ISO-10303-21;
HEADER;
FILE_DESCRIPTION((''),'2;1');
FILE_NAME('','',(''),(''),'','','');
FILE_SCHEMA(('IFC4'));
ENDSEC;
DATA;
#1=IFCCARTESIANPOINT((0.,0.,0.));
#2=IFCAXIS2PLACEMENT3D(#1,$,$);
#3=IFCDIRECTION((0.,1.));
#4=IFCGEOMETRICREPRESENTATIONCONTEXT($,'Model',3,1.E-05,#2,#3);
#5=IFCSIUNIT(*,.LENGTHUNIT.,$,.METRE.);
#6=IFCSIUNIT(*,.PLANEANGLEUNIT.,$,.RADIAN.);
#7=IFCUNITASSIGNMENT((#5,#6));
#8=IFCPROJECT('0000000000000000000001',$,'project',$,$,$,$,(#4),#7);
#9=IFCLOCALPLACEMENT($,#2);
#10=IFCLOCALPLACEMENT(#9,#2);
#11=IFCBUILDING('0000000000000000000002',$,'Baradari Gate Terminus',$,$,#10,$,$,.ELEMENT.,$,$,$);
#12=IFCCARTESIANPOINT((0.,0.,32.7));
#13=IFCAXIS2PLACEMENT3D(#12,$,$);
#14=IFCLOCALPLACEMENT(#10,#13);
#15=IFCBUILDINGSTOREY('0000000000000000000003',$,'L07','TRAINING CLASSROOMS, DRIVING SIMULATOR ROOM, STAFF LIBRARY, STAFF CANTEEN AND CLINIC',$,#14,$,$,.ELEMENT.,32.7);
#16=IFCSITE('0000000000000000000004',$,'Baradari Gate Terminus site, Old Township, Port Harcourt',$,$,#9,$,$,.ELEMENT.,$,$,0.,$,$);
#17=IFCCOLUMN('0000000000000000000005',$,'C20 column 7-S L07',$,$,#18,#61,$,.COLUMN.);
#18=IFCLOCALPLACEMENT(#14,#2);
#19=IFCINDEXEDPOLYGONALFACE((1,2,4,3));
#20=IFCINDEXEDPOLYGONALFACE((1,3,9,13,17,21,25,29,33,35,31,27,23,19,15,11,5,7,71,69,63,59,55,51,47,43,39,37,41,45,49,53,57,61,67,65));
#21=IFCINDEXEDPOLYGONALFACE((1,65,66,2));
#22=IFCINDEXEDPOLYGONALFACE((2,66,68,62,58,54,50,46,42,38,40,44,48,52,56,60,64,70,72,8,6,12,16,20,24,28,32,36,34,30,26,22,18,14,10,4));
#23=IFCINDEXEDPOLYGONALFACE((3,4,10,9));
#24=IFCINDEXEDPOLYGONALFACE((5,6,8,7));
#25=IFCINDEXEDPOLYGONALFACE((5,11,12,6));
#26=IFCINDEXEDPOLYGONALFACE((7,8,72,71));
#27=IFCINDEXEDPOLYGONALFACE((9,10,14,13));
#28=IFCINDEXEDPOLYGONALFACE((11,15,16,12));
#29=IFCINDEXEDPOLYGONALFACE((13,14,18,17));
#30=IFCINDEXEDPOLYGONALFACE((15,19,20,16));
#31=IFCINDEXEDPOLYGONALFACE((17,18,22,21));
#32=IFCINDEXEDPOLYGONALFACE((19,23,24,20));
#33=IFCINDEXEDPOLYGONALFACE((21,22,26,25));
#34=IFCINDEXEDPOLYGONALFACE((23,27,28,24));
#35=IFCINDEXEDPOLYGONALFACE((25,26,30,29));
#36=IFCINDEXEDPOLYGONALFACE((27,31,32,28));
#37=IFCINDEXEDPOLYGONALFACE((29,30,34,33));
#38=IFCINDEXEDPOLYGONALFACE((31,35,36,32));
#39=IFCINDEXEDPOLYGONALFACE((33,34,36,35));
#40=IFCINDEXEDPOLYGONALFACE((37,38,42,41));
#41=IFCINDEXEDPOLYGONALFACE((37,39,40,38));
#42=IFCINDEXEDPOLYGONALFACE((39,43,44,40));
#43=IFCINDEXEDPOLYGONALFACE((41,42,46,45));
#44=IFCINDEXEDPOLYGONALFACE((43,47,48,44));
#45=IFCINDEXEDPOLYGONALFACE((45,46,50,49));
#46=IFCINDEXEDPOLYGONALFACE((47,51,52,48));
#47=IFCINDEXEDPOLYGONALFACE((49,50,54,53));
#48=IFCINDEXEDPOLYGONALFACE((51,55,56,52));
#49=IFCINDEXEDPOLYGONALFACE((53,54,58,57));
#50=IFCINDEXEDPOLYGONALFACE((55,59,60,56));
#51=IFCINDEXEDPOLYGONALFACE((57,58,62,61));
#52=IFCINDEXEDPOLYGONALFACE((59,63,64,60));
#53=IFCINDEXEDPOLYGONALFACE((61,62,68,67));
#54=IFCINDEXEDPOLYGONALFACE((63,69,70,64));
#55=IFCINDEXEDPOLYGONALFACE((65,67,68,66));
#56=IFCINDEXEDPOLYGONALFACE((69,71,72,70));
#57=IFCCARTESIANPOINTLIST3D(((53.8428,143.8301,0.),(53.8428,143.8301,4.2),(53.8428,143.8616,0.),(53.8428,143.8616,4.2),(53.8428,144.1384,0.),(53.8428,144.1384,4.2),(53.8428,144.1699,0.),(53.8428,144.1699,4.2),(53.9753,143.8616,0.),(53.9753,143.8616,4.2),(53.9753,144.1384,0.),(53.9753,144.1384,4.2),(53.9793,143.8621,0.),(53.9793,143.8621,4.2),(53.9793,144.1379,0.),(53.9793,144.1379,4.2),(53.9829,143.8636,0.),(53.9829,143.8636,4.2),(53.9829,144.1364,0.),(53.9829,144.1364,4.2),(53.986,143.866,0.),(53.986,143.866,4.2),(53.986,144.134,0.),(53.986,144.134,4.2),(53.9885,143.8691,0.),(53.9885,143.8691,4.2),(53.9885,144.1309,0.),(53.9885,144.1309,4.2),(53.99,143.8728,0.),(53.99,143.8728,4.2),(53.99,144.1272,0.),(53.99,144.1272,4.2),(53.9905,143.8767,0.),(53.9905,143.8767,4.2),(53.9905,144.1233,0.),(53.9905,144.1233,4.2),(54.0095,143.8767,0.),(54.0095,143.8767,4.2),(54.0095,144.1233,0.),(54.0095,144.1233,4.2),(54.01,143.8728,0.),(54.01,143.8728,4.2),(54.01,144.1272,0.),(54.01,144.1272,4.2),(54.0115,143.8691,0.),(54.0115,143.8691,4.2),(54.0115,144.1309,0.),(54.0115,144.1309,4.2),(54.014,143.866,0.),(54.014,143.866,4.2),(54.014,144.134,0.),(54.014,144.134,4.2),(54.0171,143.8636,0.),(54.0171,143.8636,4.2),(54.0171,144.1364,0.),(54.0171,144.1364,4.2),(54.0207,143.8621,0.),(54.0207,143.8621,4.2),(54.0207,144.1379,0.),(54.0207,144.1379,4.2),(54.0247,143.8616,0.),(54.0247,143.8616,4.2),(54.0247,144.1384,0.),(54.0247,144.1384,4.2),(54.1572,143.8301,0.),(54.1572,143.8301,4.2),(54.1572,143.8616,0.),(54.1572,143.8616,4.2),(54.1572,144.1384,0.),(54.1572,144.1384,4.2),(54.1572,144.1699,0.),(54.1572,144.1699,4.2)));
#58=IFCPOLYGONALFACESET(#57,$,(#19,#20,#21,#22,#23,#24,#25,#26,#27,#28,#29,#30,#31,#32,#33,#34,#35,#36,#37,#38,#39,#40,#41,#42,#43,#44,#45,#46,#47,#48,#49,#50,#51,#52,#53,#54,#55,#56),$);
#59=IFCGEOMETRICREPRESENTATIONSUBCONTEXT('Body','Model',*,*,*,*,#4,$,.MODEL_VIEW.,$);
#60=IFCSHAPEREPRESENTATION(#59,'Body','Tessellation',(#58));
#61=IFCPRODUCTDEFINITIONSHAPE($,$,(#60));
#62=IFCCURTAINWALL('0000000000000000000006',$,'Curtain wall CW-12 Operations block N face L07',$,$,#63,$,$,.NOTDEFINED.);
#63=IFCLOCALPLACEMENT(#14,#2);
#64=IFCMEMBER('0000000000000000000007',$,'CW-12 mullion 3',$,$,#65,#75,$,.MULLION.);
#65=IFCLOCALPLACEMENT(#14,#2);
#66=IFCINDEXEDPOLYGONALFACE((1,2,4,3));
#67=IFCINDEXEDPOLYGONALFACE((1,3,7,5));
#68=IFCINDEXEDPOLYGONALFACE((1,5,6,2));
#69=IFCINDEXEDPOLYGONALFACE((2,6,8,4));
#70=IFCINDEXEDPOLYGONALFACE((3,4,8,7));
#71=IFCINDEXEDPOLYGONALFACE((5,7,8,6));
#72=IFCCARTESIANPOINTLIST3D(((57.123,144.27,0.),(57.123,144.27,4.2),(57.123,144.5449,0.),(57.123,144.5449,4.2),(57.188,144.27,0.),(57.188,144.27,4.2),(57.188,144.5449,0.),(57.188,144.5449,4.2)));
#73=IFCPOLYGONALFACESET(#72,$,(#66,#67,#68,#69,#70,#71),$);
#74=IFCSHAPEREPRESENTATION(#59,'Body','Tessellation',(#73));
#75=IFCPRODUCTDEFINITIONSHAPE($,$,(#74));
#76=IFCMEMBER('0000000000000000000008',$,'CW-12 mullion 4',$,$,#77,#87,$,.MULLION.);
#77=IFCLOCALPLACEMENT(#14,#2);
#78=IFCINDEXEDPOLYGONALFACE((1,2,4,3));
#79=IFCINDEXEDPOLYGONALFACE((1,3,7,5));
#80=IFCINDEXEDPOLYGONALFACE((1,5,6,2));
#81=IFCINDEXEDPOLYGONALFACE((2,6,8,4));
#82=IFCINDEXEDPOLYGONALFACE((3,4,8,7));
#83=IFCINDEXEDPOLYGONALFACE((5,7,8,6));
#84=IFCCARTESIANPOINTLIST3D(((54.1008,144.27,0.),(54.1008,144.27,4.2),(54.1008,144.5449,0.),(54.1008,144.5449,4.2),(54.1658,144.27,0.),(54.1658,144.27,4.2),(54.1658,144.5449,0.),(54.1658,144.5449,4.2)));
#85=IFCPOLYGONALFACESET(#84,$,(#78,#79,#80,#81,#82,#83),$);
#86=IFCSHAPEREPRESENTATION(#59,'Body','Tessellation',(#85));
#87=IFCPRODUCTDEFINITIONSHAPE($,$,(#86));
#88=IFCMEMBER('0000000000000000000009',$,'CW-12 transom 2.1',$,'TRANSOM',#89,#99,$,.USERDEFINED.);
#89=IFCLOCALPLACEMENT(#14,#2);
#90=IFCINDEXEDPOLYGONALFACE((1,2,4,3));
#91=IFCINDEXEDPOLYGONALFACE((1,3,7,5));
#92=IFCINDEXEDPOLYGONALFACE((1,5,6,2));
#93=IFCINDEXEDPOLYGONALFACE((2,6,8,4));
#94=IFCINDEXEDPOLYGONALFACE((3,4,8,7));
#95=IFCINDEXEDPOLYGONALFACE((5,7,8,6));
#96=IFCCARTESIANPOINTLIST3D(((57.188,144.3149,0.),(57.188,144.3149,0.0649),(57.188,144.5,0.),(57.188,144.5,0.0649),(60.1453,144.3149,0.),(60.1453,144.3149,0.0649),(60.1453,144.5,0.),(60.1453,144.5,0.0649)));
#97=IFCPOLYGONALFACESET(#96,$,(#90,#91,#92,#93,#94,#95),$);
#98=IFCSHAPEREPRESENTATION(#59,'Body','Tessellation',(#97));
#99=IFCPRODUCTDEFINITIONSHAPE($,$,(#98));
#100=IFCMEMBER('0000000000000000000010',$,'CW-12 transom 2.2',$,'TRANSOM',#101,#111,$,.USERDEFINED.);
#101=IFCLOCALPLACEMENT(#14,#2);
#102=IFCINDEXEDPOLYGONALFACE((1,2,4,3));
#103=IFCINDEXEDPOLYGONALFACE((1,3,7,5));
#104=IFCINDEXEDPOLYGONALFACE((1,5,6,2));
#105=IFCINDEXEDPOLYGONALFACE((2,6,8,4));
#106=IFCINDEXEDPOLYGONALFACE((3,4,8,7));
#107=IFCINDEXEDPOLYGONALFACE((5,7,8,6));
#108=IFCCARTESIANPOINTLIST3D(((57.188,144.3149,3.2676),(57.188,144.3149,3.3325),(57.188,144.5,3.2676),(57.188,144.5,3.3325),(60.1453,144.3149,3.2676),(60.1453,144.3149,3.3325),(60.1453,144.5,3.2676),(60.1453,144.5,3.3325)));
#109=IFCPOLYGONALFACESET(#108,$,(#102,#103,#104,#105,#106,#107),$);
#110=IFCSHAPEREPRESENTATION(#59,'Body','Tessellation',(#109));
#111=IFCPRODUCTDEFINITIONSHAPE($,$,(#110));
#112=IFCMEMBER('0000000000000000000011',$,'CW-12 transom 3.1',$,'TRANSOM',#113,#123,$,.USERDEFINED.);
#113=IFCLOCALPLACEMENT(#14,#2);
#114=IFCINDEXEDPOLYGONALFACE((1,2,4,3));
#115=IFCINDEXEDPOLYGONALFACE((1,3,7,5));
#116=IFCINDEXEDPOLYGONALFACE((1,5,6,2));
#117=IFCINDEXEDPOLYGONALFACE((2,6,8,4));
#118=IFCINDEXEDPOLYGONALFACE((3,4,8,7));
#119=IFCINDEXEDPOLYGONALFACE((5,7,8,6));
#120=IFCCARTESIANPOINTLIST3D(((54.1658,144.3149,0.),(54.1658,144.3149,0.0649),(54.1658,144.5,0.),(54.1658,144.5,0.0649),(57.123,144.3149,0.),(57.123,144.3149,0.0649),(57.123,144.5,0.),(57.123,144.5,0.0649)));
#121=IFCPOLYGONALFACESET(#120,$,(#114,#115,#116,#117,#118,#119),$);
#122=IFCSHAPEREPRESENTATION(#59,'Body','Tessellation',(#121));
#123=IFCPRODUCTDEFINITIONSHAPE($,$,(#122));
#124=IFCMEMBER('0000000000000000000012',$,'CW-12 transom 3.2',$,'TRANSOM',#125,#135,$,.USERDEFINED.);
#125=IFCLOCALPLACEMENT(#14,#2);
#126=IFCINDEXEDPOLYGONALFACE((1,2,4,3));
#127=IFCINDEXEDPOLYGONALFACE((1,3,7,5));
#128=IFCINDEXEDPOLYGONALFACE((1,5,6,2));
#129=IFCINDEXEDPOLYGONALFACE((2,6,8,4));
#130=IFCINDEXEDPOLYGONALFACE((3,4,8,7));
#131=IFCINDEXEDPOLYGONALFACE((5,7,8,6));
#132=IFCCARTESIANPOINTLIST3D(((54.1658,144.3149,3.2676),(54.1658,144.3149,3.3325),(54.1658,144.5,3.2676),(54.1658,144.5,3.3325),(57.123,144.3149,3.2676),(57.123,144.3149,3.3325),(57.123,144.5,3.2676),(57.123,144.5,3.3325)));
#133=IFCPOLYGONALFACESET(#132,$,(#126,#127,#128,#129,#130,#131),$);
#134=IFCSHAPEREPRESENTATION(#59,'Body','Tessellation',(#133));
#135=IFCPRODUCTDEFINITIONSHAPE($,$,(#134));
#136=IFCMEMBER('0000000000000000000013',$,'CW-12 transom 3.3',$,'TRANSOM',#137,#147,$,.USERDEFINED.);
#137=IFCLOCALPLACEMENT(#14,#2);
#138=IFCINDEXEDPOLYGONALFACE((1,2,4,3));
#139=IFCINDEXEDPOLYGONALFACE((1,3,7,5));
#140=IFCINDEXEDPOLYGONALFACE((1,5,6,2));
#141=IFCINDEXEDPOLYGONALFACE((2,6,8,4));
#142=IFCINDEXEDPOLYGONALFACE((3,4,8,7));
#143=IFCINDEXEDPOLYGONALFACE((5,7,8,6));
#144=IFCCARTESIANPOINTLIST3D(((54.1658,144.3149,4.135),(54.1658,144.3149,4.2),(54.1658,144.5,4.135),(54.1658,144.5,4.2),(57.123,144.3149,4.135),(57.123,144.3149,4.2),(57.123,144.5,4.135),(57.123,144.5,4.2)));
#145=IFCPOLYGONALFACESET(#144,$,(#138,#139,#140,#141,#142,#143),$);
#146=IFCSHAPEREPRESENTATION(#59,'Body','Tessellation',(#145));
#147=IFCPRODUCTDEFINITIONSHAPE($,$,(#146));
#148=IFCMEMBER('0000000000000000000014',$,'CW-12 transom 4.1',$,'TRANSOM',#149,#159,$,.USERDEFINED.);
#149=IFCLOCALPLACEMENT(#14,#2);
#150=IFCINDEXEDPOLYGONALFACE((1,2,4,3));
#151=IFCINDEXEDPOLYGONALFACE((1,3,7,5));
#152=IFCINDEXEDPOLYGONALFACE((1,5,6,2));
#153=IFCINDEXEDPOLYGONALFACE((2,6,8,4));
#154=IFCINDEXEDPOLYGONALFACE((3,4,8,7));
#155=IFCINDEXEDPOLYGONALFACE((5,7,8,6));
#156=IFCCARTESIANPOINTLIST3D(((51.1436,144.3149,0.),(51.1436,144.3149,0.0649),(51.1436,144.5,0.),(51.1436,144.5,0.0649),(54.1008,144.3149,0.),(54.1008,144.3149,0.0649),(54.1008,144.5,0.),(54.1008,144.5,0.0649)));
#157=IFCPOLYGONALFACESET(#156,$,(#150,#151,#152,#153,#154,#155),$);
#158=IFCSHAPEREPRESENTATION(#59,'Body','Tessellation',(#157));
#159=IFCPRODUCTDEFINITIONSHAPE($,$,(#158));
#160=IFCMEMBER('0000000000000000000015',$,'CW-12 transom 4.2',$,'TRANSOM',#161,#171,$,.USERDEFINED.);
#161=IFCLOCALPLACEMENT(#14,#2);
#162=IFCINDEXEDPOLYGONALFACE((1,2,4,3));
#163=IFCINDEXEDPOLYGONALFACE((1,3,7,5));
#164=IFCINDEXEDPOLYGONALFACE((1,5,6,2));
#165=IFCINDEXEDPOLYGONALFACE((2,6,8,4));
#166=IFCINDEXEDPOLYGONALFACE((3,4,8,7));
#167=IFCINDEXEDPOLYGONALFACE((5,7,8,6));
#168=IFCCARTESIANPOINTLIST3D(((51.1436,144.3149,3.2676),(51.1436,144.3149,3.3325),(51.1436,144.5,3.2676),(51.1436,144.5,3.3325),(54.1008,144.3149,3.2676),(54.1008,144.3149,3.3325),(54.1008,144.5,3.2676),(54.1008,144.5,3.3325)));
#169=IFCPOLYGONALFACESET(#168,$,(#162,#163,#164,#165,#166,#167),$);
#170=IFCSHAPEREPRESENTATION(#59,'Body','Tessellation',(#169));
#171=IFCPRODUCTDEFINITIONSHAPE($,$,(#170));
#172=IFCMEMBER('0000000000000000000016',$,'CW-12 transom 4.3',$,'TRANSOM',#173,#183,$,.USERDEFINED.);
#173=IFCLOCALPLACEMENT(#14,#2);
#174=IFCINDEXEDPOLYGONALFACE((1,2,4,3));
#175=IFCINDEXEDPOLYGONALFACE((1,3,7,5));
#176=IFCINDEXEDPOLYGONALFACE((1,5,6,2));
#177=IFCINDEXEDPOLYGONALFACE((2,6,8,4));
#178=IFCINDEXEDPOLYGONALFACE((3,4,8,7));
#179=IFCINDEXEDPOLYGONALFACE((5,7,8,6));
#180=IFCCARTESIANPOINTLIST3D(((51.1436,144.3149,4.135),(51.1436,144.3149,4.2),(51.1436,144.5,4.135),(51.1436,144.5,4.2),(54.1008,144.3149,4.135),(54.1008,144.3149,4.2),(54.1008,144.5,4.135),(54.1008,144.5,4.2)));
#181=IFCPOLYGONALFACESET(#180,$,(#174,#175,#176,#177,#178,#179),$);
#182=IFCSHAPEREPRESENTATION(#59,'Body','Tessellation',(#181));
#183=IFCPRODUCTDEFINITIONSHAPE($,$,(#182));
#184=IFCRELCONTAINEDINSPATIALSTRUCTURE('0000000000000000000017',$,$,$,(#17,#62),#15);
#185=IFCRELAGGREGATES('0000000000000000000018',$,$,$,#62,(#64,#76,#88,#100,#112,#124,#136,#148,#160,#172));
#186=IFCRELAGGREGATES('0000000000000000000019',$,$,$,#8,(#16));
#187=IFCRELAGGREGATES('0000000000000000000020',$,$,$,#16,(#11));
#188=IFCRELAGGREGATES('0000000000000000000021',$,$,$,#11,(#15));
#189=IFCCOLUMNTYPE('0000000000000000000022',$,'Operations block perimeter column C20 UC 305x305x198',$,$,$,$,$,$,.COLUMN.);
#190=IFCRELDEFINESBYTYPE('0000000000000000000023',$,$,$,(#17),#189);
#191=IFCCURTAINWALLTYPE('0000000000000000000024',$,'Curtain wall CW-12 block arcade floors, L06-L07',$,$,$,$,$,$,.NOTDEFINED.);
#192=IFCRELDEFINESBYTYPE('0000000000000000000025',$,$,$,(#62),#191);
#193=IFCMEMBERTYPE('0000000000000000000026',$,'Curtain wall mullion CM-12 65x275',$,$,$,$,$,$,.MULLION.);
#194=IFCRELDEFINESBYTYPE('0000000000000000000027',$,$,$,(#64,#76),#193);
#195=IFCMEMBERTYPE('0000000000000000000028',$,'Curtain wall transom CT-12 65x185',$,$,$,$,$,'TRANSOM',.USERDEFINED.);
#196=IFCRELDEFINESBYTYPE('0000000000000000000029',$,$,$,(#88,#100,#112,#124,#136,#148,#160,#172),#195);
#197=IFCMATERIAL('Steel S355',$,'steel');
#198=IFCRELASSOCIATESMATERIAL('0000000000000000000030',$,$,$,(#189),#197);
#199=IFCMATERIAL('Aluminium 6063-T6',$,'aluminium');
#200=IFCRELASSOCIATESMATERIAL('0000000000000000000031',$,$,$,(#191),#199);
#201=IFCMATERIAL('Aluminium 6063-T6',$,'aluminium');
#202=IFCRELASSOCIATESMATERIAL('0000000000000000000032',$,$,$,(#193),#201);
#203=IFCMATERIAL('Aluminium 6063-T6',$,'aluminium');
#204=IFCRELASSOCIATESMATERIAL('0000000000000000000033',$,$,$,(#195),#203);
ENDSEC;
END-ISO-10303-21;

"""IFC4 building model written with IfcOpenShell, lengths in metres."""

from ifc_helpers import new_model, si_unit, direction, frame, origin, origin_2d, place, context, subcontext, project, spatial, rectangle, i_section, extrude, material, material_profile, profile_set, type_object, element, aggregate, save


model = new_model("IFC4")

# Units and contexts
model_context = context("Model", 3, precision=1e-05, world=origin(), true_north=direction((0.0, 1.0)))
body_context = subcontext(model_context, "Body", "Model", "MODEL_VIEW")
ifc_project = project(units=[si_unit("LENGTHUNIT", "METRE"), si_unit("PLANEANGLEUNIT", "RADIAN")], contexts=[model_context])

# Site, building, storey
site_placement = place(None, origin())
site = spatial("IfcSite", under=ifc_project, at=site_placement, Name="Baradari Gate Terminus site, Old Township, Port Harcourt", CompositionType="ELEMENT", RefElevation=0.0)
building_placement = place(site_placement, origin())
building = spatial("IfcBuilding", under=site, at=building_placement, Name="Baradari Gate Terminus", CompositionType="ELEMENT")
storey_placement = place(building_placement, frame((0.0, 0.0, 32.7)))
storey = spatial("IfcBuildingStorey", under=building, at=storey_placement, Name="L07", Description="TRAINING CLASSROOMS, DRIVING SIMULATOR ROOM, STAFF LIBRARY, STAFF CANTEEN AND CLINIC", CompositionType="ELEMENT", Elevation=32.7)

# Column
ifc_material_1 = material(Name="Steel S355", Category="steel")
ifc_material_profile_1 = material_profile(ifc_material_1, i_section(OverallWidth=0.3145, OverallDepth=0.3398, WebThickness=0.019, FlangeThickness=0.0315, FilletRadius=0.0151, at=origin_2d()), Name="UC 305x305x198")
ifc_profile_set_1 = profile_set([ifc_material_profile_1], Name="Steel S355")
column_type = type_object("IfcColumnType", Name="Operations block perimeter column C20 UC 305x305x198", PredefinedType="COLUMN", material=ifc_profile_set_1)
column_placement = place(storey_placement, frame((54.0, 144.0, 0.0), z_axis=(0.0, 0.0, 1.0), x_axis=(1.0, 0.0, 0.0)))
element("IfcColumn", 1, at=column_placement, inside=storey, type_object=column_type, Name="C20 column 7-S L07", PredefinedType="COLUMN", context=body_context, shape_type="SweptSolid", body=[
    extrude(i_section(OverallWidth=0.3145, OverallDepth=0.3398, WebThickness=0.019, FlangeThickness=0.0315, FilletRadius=0.0151, at=origin_2d()), origin(), (0.0, 0.0, 1.0), 4.2),
])

# Curtain wall, members
ifc_material_2 = material(Name="Aluminium 6063-T6", Category="aluminium")
curtain_wall_type = type_object("IfcCurtainWallType", Name="Curtain wall CW-12 block arcade floors, L06-L07", PredefinedType="NOTDEFINED", material=ifc_material_2)
curtain_wall_placement = place(storey_placement, origin())
curtain_wall = element("IfcCurtainWall", 2, at=curtain_wall_placement, inside=storey, type_object=curtain_wall_type, Name="Curtain wall CW-12 Operations block N face L07", PredefinedType="NOTDEFINED")
ifc_material_3 = material(Name="Aluminium 6063-T6", Category="aluminium")
ifc_material_profile_2 = material_profile(ifc_material_3, rectangle(XDim=0.2749, YDim=0.0649, at=origin_2d()), Name="CM-12 65X275")
ifc_profile_set_2 = profile_set([ifc_material_profile_2], Name="Aluminium 6063-T6")
member_type_1 = type_object("IfcMemberType", Name="Curtain wall mullion CM-12 65x275", PredefinedType="MULLION", material=ifc_profile_set_2)
member_1_placement = place(storey_placement, frame((57.1555, 144.4075, 0.0), z_axis=(0.0, 0.0, 1.0), x_axis=(0.0, -1.0, 0.0)))
member_1 = element("IfcMember", 3, at=member_1_placement, type_object=member_type_1, Name="CW-12 mullion 3", PredefinedType="MULLION", context=body_context, shape_type="SweptSolid", body=[
    extrude(rectangle(XDim=0.2749, YDim=0.0649, at=origin_2d()), origin(), (0.0, 0.0, 1.0), 4.2),
])
member_2_placement = place(storey_placement, frame((54.1333, 144.4075, 0.0), z_axis=(0.0, 0.0, 1.0), x_axis=(0.0, -1.0, 0.0)))
member_2 = element("IfcMember", 4, at=member_2_placement, type_object=member_type_1, Name="CW-12 mullion 4", PredefinedType="MULLION", context=body_context, shape_type="SweptSolid", body=[
    extrude(rectangle(XDim=0.2749, YDim=0.0649, at=origin_2d()), origin(), (0.0, 0.0, 1.0), 4.2),
])
ifc_material_4 = material(Name="Aluminium 6063-T6", Category="aluminium")
ifc_material_profile_3 = material_profile(ifc_material_4, rectangle(XDim=0.1851, YDim=0.0649, at=origin_2d()), Name="CT-12 65X185")
ifc_profile_set_3 = profile_set([ifc_material_profile_3], Name="Aluminium 6063-T6")
member_type_2 = type_object("IfcMemberType", Name="Curtain wall transom CT-12 65x185", ElementType="TRANSOM", PredefinedType="USERDEFINED", material=ifc_profile_set_3)
member_3_placement = place(storey_placement, frame((60.1453, 144.4075, 0.0325), z_axis=(-1.0, 0.0, 0.0), x_axis=(0.0, -1.0, 0.0)))
member_3 = element("IfcMember", 5, at=member_3_placement, type_object=member_type_2, Name="CW-12 transom 2.1", ObjectType="TRANSOM", PredefinedType="USERDEFINED", context=body_context, shape_type="SweptSolid", body=[
    extrude(rectangle(XDim=0.1851, YDim=0.0649, at=origin_2d()), origin(), (0.0, 0.0, 1.0), 2.9573),
])
member_4_placement = place(storey_placement, frame((60.1453, 144.4075, 3.3), z_axis=(-1.0, 0.0, 0.0), x_axis=(0.0, -1.0, 0.0)))
member_4 = element("IfcMember", 6, at=member_4_placement, type_object=member_type_2, Name="CW-12 transom 2.2", ObjectType="TRANSOM", PredefinedType="USERDEFINED", context=body_context, shape_type="SweptSolid", body=[
    extrude(rectangle(XDim=0.1851, YDim=0.0649, at=origin_2d()), origin(), (0.0, 0.0, 1.0), 2.9573),
])
member_5_placement = place(storey_placement, frame((57.123, 144.4075, 0.0325), z_axis=(-1.0, 0.0, 0.0), x_axis=(0.0, -1.0, 0.0)))
member_5 = element("IfcMember", 7, at=member_5_placement, type_object=member_type_2, Name="CW-12 transom 3.1", ObjectType="TRANSOM", PredefinedType="USERDEFINED", context=body_context, shape_type="SweptSolid", body=[
    extrude(rectangle(XDim=0.1851, YDim=0.0649, at=origin_2d()), origin(), (0.0, 0.0, 1.0), 2.9573),
])
member_6_placement = place(storey_placement, frame((57.123, 144.4075, 3.3), z_axis=(-1.0, 0.0, 0.0), x_axis=(0.0, -1.0, 0.0)))
member_6 = element("IfcMember", 8, at=member_6_placement, type_object=member_type_2, Name="CW-12 transom 3.2", ObjectType="TRANSOM", PredefinedType="USERDEFINED", context=body_context, shape_type="SweptSolid", body=[
    extrude(rectangle(XDim=0.1851, YDim=0.0649, at=origin_2d()), origin(), (0.0, 0.0, 1.0), 2.9573),
])
member_7_placement = place(storey_placement, frame((57.123, 144.4075, 4.1675), z_axis=(-1.0, 0.0, 0.0), x_axis=(0.0, -1.0, 0.0)))
member_7 = element("IfcMember", 9, at=member_7_placement, type_object=member_type_2, Name="CW-12 transom 3.3", ObjectType="TRANSOM", PredefinedType="USERDEFINED", context=body_context, shape_type="SweptSolid", body=[
    extrude(rectangle(XDim=0.1851, YDim=0.0649, at=origin_2d()), origin(), (0.0, 0.0, 1.0), 2.9573),
])
member_8_placement = place(storey_placement, frame((54.1008, 144.4075, 0.0325), z_axis=(-1.0, 0.0, 0.0), x_axis=(0.0, -1.0, 0.0)))
member_8 = element("IfcMember", 10, at=member_8_placement, type_object=member_type_2, Name="CW-12 transom 4.1", ObjectType="TRANSOM", PredefinedType="USERDEFINED", context=body_context, shape_type="SweptSolid", body=[
    extrude(rectangle(XDim=0.1851, YDim=0.0649, at=origin_2d()), origin(), (0.0, 0.0, 1.0), 2.9573),
])
member_9_placement = place(storey_placement, frame((54.1008, 144.4075, 3.3), z_axis=(-1.0, 0.0, 0.0), x_axis=(0.0, -1.0, 0.0)))
member_9 = element("IfcMember", 11, at=member_9_placement, type_object=member_type_2, Name="CW-12 transom 4.2", ObjectType="TRANSOM", PredefinedType="USERDEFINED", context=body_context, shape_type="SweptSolid", body=[
    extrude(rectangle(XDim=0.1851, YDim=0.0649, at=origin_2d()), origin(), (0.0, 0.0, 1.0), 2.9573),
])
member_10_placement = place(storey_placement, frame((54.1008, 144.4075, 4.1675), z_axis=(-1.0, 0.0, 0.0), x_axis=(0.0, -1.0, 0.0)))
member_10 = element("IfcMember", 12, at=member_10_placement, type_object=member_type_2, Name="CW-12 transom 4.3", ObjectType="TRANSOM", PredefinedType="USERDEFINED", context=body_context, shape_type="SweptSolid", body=[
    extrude(rectangle(XDim=0.1851, YDim=0.0649, at=origin_2d()), origin(), (0.0, 0.0, 1.0), 2.9573),
])

aggregate(curtain_wall, [member_1, member_2, member_3, member_4, member_5, member_6, member_7, member_8, member_9, member_10])

save(model, "model.ifc")
